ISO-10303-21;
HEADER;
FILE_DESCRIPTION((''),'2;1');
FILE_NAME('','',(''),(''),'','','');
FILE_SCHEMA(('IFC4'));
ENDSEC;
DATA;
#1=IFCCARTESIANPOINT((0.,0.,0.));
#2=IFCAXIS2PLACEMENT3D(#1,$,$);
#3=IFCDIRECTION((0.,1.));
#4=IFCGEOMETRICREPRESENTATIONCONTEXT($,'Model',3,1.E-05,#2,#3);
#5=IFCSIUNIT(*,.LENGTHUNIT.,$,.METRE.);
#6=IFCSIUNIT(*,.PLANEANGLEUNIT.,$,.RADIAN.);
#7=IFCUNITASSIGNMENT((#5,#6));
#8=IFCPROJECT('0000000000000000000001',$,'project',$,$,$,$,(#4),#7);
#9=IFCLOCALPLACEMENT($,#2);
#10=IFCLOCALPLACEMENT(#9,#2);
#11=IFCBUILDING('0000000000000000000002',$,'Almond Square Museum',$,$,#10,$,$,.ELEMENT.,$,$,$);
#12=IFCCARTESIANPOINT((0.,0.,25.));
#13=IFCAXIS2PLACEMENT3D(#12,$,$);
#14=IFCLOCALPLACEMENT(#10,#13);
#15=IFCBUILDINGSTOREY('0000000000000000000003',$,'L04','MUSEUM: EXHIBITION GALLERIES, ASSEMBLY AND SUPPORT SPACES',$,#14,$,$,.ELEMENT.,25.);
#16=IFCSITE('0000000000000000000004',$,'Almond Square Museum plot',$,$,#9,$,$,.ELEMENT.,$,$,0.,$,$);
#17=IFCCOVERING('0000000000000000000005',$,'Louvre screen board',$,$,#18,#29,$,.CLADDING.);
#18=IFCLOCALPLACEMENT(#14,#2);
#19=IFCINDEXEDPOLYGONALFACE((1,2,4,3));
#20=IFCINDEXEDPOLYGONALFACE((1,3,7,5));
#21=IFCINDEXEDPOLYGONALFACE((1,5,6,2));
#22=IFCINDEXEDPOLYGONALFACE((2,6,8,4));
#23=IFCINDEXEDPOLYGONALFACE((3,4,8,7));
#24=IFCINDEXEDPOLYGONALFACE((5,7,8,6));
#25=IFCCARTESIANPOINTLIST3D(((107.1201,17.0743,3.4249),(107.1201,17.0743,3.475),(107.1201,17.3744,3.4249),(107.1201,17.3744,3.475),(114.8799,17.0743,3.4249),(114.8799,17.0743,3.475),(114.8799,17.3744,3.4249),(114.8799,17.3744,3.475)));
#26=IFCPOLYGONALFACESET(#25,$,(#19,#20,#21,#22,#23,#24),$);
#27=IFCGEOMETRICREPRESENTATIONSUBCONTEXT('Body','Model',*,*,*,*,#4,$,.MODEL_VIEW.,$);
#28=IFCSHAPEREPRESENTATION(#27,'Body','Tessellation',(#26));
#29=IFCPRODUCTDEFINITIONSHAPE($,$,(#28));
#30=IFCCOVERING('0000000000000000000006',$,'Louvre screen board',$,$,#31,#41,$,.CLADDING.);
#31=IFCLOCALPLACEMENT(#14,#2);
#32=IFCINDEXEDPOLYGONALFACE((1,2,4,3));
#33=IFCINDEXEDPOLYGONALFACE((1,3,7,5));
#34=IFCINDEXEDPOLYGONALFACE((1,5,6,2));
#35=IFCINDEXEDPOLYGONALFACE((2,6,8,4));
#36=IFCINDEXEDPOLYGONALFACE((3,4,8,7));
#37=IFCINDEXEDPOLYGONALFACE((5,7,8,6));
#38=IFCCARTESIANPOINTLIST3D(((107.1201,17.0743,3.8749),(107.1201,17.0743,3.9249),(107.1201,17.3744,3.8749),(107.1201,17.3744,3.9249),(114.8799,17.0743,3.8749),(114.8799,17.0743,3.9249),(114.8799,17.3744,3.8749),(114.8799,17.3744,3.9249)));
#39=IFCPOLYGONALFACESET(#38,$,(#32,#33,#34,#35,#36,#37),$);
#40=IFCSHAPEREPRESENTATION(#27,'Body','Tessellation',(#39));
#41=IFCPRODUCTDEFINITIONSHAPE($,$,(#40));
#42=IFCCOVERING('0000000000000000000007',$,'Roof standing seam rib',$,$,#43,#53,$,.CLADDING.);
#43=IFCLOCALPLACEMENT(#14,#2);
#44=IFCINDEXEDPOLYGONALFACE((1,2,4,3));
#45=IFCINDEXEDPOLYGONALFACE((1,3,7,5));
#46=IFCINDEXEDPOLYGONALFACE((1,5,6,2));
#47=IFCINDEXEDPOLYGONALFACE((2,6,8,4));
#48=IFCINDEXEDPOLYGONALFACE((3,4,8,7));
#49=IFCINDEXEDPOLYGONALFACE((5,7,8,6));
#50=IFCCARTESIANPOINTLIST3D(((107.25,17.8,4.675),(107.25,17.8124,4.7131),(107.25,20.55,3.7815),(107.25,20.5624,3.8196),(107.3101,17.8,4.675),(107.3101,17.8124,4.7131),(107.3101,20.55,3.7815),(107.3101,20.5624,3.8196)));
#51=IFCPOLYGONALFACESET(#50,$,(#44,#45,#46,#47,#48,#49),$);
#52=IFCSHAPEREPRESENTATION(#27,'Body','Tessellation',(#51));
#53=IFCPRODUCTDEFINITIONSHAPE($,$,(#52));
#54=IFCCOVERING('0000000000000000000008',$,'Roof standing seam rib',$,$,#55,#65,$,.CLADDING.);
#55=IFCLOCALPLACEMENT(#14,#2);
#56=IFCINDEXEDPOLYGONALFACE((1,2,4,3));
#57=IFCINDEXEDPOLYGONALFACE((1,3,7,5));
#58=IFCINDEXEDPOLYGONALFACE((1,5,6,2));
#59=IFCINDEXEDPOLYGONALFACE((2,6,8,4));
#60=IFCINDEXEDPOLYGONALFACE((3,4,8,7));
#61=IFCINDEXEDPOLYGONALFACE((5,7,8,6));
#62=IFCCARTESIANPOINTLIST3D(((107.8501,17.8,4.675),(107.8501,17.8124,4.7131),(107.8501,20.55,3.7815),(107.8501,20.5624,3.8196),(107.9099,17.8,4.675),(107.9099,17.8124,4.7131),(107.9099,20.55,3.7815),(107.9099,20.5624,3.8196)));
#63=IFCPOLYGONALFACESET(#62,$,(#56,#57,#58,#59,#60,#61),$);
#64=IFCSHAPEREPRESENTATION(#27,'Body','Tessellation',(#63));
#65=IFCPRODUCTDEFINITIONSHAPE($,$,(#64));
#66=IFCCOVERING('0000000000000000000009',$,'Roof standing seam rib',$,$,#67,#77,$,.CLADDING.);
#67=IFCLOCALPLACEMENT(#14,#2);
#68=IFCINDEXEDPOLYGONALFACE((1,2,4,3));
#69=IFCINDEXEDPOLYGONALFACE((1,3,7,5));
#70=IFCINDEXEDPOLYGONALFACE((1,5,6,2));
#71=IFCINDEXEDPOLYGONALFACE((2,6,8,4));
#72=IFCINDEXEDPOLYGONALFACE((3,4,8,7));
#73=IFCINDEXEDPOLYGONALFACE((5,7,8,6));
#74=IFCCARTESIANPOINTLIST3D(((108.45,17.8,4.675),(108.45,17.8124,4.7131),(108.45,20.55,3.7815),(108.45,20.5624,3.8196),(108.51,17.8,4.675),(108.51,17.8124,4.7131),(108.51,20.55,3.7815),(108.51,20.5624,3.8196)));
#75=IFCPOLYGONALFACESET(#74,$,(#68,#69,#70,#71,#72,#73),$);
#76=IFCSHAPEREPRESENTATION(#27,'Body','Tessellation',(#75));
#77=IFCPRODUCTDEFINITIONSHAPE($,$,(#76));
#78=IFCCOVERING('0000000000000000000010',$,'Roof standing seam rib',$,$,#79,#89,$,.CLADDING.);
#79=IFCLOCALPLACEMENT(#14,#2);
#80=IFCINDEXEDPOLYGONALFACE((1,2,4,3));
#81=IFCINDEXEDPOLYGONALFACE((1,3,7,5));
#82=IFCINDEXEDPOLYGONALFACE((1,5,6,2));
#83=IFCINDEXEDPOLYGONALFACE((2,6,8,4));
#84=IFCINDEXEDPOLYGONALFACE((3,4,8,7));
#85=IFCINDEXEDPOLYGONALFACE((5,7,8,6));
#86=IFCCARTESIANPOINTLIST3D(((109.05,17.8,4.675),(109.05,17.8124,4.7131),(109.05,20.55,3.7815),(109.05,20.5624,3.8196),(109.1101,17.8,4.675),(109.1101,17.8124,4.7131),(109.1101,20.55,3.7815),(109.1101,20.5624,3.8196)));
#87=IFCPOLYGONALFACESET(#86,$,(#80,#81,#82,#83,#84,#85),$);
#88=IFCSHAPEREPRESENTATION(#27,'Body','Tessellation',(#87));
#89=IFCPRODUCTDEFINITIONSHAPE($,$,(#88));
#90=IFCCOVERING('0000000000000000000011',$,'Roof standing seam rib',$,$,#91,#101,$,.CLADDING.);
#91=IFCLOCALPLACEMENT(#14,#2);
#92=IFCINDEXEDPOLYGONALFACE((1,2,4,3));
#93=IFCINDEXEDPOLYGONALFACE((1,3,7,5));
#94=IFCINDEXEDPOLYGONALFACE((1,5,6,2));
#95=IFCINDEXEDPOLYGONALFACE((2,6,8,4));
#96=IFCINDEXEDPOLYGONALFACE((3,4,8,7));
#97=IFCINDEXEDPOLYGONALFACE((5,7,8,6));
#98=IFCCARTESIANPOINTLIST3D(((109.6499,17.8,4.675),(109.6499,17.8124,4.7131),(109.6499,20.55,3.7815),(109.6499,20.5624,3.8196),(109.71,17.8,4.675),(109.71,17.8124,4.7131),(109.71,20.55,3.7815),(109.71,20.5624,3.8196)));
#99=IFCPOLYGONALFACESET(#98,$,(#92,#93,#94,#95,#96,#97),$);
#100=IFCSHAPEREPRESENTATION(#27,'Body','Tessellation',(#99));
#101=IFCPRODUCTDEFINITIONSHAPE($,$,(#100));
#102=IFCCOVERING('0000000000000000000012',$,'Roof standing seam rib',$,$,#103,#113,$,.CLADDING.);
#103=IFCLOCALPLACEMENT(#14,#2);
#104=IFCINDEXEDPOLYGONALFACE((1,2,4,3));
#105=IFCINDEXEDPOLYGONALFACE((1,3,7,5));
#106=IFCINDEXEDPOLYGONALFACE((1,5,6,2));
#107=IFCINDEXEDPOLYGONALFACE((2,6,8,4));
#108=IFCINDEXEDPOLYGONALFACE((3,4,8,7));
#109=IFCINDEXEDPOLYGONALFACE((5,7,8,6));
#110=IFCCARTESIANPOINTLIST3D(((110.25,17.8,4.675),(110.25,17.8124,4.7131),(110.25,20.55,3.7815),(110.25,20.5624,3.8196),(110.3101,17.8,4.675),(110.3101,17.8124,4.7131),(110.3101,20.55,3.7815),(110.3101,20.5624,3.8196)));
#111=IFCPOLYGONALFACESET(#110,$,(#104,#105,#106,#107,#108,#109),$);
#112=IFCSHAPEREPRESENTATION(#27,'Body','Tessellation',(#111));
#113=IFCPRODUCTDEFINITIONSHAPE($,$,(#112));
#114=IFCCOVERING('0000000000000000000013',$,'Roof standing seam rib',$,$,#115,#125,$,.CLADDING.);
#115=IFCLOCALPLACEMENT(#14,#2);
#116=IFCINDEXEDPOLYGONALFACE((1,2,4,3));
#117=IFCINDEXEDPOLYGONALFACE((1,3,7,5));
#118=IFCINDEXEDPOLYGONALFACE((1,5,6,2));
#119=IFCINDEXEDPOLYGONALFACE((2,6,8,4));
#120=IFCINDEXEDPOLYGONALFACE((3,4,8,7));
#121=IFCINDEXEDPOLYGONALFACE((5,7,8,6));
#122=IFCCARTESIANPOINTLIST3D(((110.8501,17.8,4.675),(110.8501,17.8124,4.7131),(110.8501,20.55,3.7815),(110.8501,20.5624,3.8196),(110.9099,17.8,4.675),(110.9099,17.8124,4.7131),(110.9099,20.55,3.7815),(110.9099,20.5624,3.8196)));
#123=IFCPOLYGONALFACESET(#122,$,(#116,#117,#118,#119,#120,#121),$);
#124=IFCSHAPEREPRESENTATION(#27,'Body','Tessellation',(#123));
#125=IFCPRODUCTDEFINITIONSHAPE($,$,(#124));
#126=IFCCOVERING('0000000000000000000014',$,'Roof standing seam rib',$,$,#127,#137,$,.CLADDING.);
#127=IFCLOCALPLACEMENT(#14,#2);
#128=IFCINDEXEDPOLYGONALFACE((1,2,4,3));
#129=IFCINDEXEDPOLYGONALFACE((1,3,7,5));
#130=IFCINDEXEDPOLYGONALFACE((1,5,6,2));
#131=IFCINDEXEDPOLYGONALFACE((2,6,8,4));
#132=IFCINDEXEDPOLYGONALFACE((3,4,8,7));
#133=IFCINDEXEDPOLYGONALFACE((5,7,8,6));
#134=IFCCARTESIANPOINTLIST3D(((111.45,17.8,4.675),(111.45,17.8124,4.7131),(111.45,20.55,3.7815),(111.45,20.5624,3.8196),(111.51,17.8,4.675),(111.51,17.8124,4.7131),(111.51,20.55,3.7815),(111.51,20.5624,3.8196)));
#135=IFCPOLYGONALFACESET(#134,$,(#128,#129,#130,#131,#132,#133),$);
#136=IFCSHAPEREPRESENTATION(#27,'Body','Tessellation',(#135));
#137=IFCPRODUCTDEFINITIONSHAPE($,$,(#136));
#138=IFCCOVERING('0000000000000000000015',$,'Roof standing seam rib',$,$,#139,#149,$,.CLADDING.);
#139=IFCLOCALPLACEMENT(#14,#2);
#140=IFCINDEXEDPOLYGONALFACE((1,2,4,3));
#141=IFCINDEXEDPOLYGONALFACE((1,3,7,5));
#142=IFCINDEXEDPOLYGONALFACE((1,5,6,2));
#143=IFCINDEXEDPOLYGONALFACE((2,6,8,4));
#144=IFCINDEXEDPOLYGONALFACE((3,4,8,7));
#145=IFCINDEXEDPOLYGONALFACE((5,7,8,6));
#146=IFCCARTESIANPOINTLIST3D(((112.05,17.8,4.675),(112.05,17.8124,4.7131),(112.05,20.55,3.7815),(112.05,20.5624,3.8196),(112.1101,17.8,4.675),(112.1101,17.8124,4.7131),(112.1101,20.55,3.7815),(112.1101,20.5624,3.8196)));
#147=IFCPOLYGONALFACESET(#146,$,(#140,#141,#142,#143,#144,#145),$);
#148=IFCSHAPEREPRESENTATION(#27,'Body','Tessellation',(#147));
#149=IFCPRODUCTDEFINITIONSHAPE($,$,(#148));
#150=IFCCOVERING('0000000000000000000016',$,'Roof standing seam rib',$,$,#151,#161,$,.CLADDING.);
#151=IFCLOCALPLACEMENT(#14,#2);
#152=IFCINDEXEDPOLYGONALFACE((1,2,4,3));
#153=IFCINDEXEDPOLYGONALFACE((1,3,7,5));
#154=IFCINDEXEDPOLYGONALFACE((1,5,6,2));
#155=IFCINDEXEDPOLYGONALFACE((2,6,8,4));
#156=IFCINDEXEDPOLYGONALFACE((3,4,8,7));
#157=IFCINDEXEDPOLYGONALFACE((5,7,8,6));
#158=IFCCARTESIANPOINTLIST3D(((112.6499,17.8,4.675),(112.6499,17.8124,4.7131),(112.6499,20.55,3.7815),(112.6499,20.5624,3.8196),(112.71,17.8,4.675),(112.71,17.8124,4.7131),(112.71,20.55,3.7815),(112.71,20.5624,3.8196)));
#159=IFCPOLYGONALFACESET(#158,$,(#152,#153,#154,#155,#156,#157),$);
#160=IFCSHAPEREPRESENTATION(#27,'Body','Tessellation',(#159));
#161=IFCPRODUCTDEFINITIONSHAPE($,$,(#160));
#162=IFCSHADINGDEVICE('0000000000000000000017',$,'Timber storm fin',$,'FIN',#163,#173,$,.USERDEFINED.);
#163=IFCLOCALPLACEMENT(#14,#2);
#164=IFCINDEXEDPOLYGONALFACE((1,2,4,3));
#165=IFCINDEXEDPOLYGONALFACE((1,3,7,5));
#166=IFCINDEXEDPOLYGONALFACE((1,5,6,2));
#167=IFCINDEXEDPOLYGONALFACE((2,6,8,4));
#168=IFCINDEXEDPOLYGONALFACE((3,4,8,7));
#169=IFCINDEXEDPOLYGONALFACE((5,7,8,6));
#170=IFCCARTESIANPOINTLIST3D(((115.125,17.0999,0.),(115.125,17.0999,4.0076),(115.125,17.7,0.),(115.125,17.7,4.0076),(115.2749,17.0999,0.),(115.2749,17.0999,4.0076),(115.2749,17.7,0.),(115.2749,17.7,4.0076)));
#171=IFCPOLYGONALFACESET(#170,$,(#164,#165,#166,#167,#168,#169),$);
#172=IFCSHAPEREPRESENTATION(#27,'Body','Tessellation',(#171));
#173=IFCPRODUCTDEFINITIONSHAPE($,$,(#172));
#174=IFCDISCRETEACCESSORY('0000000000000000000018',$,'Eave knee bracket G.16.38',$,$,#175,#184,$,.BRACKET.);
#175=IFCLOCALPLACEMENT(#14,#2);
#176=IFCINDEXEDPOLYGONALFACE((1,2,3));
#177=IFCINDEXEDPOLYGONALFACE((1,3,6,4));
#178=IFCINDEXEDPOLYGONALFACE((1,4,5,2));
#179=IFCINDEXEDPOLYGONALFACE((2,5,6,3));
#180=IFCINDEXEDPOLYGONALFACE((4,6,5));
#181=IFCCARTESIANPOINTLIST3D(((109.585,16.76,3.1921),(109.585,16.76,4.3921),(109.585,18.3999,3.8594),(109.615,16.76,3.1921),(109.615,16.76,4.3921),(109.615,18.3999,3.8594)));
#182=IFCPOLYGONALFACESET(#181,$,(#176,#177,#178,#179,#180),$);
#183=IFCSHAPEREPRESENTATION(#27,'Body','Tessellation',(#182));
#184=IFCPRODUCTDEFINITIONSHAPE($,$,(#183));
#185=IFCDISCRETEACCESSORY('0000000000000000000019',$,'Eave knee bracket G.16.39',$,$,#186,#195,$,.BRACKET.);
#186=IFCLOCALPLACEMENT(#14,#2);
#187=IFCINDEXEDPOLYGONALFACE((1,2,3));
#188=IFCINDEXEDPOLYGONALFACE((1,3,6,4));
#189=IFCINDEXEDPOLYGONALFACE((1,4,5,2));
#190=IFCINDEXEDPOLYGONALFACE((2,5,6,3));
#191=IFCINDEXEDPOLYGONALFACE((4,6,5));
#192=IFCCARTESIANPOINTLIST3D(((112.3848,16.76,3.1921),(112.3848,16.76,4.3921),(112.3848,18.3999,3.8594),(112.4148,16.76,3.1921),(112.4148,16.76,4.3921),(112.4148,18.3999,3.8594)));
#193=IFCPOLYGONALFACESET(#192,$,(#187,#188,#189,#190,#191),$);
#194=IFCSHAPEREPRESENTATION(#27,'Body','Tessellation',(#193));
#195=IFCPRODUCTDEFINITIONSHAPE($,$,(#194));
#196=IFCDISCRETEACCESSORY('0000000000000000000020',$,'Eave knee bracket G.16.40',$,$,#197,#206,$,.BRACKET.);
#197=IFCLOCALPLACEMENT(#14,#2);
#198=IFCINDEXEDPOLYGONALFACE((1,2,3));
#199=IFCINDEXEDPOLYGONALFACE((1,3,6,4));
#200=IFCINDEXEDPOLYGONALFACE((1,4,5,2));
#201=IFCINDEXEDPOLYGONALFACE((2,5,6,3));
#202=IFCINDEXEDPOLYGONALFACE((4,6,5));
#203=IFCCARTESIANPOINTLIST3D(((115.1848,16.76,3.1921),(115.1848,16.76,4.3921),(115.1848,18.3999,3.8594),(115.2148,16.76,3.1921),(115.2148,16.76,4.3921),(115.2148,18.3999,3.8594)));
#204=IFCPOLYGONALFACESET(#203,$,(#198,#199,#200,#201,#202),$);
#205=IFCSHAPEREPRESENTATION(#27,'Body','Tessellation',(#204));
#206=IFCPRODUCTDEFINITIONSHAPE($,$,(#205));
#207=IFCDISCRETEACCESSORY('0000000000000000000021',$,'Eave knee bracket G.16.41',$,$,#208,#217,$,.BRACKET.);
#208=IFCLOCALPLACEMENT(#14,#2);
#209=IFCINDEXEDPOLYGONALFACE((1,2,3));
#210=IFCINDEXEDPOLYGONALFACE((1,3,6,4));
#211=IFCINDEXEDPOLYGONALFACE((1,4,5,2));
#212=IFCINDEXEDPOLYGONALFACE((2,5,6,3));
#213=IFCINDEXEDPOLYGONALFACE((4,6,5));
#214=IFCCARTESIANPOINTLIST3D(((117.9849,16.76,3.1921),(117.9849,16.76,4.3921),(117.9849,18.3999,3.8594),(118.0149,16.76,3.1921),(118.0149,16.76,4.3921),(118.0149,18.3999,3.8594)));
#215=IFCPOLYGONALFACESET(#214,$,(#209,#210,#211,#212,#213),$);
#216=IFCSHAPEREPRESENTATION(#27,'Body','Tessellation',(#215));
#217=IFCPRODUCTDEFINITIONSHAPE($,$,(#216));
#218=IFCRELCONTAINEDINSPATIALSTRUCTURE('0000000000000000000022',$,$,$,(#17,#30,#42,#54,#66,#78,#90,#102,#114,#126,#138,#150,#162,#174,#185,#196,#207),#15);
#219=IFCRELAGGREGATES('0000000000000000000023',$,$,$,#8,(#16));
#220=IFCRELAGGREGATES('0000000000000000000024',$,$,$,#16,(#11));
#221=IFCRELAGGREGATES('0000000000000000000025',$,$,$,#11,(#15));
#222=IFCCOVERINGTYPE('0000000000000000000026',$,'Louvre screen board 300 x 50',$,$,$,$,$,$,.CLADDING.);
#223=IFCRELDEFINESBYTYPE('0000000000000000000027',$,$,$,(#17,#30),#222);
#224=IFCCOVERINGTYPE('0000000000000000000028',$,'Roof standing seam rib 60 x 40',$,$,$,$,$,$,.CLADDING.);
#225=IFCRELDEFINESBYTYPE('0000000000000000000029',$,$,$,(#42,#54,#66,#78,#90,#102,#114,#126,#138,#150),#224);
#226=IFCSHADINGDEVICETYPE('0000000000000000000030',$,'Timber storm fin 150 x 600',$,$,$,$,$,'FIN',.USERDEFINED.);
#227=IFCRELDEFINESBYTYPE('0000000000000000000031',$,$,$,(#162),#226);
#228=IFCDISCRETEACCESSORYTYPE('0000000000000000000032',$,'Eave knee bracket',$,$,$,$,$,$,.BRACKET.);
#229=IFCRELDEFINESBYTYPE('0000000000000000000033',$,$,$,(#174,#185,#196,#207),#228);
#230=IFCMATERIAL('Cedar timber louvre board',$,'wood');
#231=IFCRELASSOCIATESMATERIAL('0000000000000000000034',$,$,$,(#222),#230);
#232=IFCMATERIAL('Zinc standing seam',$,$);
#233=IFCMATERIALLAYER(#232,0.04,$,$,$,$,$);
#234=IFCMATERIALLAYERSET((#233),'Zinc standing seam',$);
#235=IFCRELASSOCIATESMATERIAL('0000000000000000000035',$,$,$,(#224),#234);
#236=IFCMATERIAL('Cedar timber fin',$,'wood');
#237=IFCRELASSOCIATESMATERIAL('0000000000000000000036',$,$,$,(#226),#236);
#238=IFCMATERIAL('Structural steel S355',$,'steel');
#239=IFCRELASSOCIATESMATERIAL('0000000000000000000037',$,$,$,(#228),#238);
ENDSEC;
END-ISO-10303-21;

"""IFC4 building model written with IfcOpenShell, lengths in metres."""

from ifc_helpers import new_model, si_unit, direction, frame, origin, origin_2d, place, context, subcontext, project, spatial, polyline, rectangle, outline, extrude, material, layer, layer_set, material_profile, profile_set, type_object, element, save


model = new_model("IFC4")

# Units and contexts
model_context = context("Model", 3, precision=1e-05, world=origin(), true_north=direction((0.0, 1.0)))
body_context = subcontext(model_context, "Body", "Model", "MODEL_VIEW")
ifc_project = project(units=[si_unit("LENGTHUNIT", "METRE"), si_unit("PLANEANGLEUNIT", "RADIAN")], contexts=[model_context])

# Site, building, storey
site_placement = place(None, origin())
site = spatial("IfcSite", under=ifc_project, at=site_placement, Name="Almond Square Museum plot", CompositionType="ELEMENT", RefElevation=0.0)
building_placement = place(site_placement, origin())
building = spatial("IfcBuilding", under=site, at=building_placement, Name="Almond Square Museum", CompositionType="ELEMENT")
storey_placement = place(building_placement, frame((0.0, 0.0, 25.0)))
storey = spatial("IfcBuildingStorey", under=building, at=storey_placement, Name="L04", Description="MUSEUM: EXHIBITION GALLERIES, ASSEMBLY AND SUPPORT SPACES", CompositionType="ELEMENT", Elevation=25.0)

# Coverings
ifc_material_1 = material(Name="Cedar timber louvre board", Category="wood")
ifc_material_profile_1 = material_profile(ifc_material_1, rectangle(XDim=0.3, YDim=0.05, at=origin_2d()))
ifc_profile_set_1 = profile_set([ifc_material_profile_1], Name="Cedar timber louvre board")
covering_type_1 = type_object("IfcCoveringType", Name="Louvre screen board 300 x 50", PredefinedType="CLADDING", material=ifc_profile_set_1)
for number, where, z_axis, x_axis, name in (
    (1, (107.1201, 17.2244, 3.45), (1.0, 0.0, 0.0), (0.0, 1.0, 0.0), "Louvre screen board"),
    (2, (107.1201, 17.2244, 3.8999), (1.0, 0.0, 0.0), (0.0, 1.0, 0.0), "Louvre screen board"),
):
    element("IfcCovering", number, at=place(storey_placement, frame(where, z_axis=z_axis, x_axis=x_axis)), inside=storey, type_object=covering_type_1, Name=name, PredefinedType="CLADDING", context=body_context, shape_type="SweptSolid", body=[
        extrude(rectangle(XDim=0.3, YDim=0.05, at=origin_2d()), origin(), (0.0, 0.0, 1.0), 7.7598),
    ])
ifc_material_2 = material(Name="Zinc standing seam")
ifc_layer_1 = layer(ifc_material_2, 0.04)
ifc_layer_set_1 = layer_set([ifc_layer_1], Name="Zinc standing seam")
covering_type_2 = type_object("IfcCoveringType", Name="Roof standing seam rib 60 x 40", PredefinedType="CLADDING", material=ifc_layer_set_1)
covering_1_placement = place(storey_placement, frame((107.25, 17.8, 4.675), z_axis=(0.0, 0.309025, 0.951054), x_axis=(1.0, 0.0, 0.0)))
element("IfcCovering", 3, at=covering_1_placement, inside=storey, type_object=covering_type_2, Name="Roof standing seam rib", PredefinedType="CLADDING", context=body_context, shape_type="SweptSolid", body=[
    extrude(outline(polyline([(0.0, 0.0), (0.0601, 0.0), (0.0601, 2.8915), (0.0, 2.8915), (0.0, 0.0)])), origin(), (0.0, 0.0, 1.0), 0.04),
])
covering_2_placement = place(storey_placement, frame((107.8501, 17.8, 4.675), z_axis=(0.0, 0.309025, 0.951054), x_axis=(1.0, 0.0, 0.0)))
element("IfcCovering", 4, at=covering_2_placement, inside=storey, type_object=covering_type_2, Name="Roof standing seam rib", PredefinedType="CLADDING", context=body_context, shape_type="SweptSolid", body=[
    extrude(outline(polyline([(0.0, 0.0), (0.0598, 0.0), (0.0598, 2.8915), (0.0, 2.8915), (0.0, 0.0)])), origin(), (0.0, 0.0, 1.0), 0.04),
])
for number, where, z_axis, x_axis, name in (
    (5, (108.45, 17.8, 4.675), (0.0, 0.309025, 0.951054), (1.0, 0.0, 0.0), "Roof standing seam rib"),
    (6, (109.05, 17.8, 4.675), (0.0, 0.309025, 0.951054), (1.0, 0.0, 0.0), "Roof standing seam rib"),
    (7, (109.6499, 17.8, 4.675), (0.0, 0.309025, 0.951054), (1.0, 0.0, 0.0), "Roof standing seam rib"),
    (8, (110.25, 17.8, 4.675), (0.0, 0.309025, 0.951054), (1.0, 0.0, 0.0), "Roof standing seam rib"),
):
    element("IfcCovering", number, at=place(storey_placement, frame(where, z_axis=z_axis, x_axis=x_axis)), inside=storey, type_object=covering_type_2, Name=name, PredefinedType="CLADDING", context=body_context, shape_type="SweptSolid", body=[
        extrude(outline(polyline([(0.0, 0.0), (0.0601, 0.0), (0.0601, 2.8915), (0.0, 2.8915), (0.0, 0.0)])), origin(), (0.0, 0.0, 1.0), 0.04),
    ])
covering_3_placement = place(storey_placement, frame((110.8501, 17.8, 4.675), z_axis=(0.0, 0.309025, 0.951054), x_axis=(1.0, 0.0, 0.0)))
element("IfcCovering", 9, at=covering_3_placement, inside=storey, type_object=covering_type_2, Name="Roof standing seam rib", PredefinedType="CLADDING", context=body_context, shape_type="SweptSolid", body=[
    extrude(outline(polyline([(0.0, 0.0), (0.0598, 0.0), (0.0598, 2.8915), (0.0, 2.8915), (0.0, 0.0)])), origin(), (0.0, 0.0, 1.0), 0.04),
])
for number, where, z_axis, x_axis, name in (
    (10, (111.45, 17.8, 4.675), (0.0, 0.309025, 0.951054), (1.0, 0.0, 0.0), "Roof standing seam rib"),
    (11, (112.05, 17.8, 4.675), (0.0, 0.309025, 0.951054), (1.0, 0.0, 0.0), "Roof standing seam rib"),
    (12, (112.6499, 17.8, 4.675), (0.0, 0.309025, 0.951054), (1.0, 0.0, 0.0), "Roof standing seam rib"),
):
    element("IfcCovering", number, at=place(storey_placement, frame(where, z_axis=z_axis, x_axis=x_axis)), inside=storey, type_object=covering_type_2, Name=name, PredefinedType="CLADDING", context=body_context, shape_type="SweptSolid", body=[
        extrude(outline(polyline([(0.0, 0.0), (0.0601, 0.0), (0.0601, 2.8915), (0.0, 2.8915), (0.0, 0.0)])), origin(), (0.0, 0.0, 1.0), 0.04),
    ])

# Shading device
ifc_material_3 = material(Name="Cedar timber fin", Category="wood")
shading_device_type_1 = type_object("IfcShadingDeviceType", Name="Timber storm fin 150 x 600", ElementType="FIN", PredefinedType="USERDEFINED", material=ifc_material_3)
shading_device_placement = place(storey_placement, frame((115.2, 17.3999, 0.0), z_axis=(0.0, 0.0, 1.0), x_axis=(1.0, 0.0, 0.0)))
element("IfcShadingDevice", 13, at=shading_device_placement, inside=storey, type_object=shading_device_type_1, Name="Timber storm fin", ObjectType="FIN", PredefinedType="USERDEFINED", context=body_context, shape_type="SweptSolid", body=[
    extrude(rectangle(XDim=0.1499, YDim=0.6001, at=origin_2d()), origin(), (0.0, 0.0, 1.0), 4.0076),
])

# Discrete accessories
ifc_material_4 = material(Name="Structural steel S355", Category="steel")
discrete_accessory_type = type_object("IfcDiscreteAccessoryType", Name="Eave knee bracket", PredefinedType="BRACKET", material=ifc_material_4)
for number, where, z_axis, x_axis, name in (
    (14, (109.6001, 16.76, 4.3921), (1.0, 0.0, 0.0), (0.0, 0.0, -1.0), "Eave knee bracket G.16.38"),
    (15, (112.3999, 16.76, 4.3921), (1.0, 0.0, 0.0), (0.0, 0.0, -1.0), "Eave knee bracket G.16.39"),
    (16, (115.2, 16.76, 4.3921), (1.0, 0.0, 0.0), (0.0, 0.0, -1.0), "Eave knee bracket G.16.40"),
    (17, (118.0, 16.76, 4.3921), (1.0, 0.0, 0.0), (0.0, 0.0, -1.0), "Eave knee bracket G.16.41"),
):
    element("IfcDiscreteAccessory", number, at=place(storey_placement, frame(where, z_axis=z_axis, x_axis=x_axis)), inside=storey, type_object=discrete_accessory_type, Name=name, PredefinedType="BRACKET", context=body_context, shape_type="SweptSolid", body=[
        extrude(outline(polyline([(0.0, 0.0), (1.2, 0.0), (0.5327, 1.6399), (0.0, 0.0)])), frame((0.0, 0.0, -0.0151)), (0.0, 0.0, 1.0), 0.03),
    ])

save(model, "model.ifc")
